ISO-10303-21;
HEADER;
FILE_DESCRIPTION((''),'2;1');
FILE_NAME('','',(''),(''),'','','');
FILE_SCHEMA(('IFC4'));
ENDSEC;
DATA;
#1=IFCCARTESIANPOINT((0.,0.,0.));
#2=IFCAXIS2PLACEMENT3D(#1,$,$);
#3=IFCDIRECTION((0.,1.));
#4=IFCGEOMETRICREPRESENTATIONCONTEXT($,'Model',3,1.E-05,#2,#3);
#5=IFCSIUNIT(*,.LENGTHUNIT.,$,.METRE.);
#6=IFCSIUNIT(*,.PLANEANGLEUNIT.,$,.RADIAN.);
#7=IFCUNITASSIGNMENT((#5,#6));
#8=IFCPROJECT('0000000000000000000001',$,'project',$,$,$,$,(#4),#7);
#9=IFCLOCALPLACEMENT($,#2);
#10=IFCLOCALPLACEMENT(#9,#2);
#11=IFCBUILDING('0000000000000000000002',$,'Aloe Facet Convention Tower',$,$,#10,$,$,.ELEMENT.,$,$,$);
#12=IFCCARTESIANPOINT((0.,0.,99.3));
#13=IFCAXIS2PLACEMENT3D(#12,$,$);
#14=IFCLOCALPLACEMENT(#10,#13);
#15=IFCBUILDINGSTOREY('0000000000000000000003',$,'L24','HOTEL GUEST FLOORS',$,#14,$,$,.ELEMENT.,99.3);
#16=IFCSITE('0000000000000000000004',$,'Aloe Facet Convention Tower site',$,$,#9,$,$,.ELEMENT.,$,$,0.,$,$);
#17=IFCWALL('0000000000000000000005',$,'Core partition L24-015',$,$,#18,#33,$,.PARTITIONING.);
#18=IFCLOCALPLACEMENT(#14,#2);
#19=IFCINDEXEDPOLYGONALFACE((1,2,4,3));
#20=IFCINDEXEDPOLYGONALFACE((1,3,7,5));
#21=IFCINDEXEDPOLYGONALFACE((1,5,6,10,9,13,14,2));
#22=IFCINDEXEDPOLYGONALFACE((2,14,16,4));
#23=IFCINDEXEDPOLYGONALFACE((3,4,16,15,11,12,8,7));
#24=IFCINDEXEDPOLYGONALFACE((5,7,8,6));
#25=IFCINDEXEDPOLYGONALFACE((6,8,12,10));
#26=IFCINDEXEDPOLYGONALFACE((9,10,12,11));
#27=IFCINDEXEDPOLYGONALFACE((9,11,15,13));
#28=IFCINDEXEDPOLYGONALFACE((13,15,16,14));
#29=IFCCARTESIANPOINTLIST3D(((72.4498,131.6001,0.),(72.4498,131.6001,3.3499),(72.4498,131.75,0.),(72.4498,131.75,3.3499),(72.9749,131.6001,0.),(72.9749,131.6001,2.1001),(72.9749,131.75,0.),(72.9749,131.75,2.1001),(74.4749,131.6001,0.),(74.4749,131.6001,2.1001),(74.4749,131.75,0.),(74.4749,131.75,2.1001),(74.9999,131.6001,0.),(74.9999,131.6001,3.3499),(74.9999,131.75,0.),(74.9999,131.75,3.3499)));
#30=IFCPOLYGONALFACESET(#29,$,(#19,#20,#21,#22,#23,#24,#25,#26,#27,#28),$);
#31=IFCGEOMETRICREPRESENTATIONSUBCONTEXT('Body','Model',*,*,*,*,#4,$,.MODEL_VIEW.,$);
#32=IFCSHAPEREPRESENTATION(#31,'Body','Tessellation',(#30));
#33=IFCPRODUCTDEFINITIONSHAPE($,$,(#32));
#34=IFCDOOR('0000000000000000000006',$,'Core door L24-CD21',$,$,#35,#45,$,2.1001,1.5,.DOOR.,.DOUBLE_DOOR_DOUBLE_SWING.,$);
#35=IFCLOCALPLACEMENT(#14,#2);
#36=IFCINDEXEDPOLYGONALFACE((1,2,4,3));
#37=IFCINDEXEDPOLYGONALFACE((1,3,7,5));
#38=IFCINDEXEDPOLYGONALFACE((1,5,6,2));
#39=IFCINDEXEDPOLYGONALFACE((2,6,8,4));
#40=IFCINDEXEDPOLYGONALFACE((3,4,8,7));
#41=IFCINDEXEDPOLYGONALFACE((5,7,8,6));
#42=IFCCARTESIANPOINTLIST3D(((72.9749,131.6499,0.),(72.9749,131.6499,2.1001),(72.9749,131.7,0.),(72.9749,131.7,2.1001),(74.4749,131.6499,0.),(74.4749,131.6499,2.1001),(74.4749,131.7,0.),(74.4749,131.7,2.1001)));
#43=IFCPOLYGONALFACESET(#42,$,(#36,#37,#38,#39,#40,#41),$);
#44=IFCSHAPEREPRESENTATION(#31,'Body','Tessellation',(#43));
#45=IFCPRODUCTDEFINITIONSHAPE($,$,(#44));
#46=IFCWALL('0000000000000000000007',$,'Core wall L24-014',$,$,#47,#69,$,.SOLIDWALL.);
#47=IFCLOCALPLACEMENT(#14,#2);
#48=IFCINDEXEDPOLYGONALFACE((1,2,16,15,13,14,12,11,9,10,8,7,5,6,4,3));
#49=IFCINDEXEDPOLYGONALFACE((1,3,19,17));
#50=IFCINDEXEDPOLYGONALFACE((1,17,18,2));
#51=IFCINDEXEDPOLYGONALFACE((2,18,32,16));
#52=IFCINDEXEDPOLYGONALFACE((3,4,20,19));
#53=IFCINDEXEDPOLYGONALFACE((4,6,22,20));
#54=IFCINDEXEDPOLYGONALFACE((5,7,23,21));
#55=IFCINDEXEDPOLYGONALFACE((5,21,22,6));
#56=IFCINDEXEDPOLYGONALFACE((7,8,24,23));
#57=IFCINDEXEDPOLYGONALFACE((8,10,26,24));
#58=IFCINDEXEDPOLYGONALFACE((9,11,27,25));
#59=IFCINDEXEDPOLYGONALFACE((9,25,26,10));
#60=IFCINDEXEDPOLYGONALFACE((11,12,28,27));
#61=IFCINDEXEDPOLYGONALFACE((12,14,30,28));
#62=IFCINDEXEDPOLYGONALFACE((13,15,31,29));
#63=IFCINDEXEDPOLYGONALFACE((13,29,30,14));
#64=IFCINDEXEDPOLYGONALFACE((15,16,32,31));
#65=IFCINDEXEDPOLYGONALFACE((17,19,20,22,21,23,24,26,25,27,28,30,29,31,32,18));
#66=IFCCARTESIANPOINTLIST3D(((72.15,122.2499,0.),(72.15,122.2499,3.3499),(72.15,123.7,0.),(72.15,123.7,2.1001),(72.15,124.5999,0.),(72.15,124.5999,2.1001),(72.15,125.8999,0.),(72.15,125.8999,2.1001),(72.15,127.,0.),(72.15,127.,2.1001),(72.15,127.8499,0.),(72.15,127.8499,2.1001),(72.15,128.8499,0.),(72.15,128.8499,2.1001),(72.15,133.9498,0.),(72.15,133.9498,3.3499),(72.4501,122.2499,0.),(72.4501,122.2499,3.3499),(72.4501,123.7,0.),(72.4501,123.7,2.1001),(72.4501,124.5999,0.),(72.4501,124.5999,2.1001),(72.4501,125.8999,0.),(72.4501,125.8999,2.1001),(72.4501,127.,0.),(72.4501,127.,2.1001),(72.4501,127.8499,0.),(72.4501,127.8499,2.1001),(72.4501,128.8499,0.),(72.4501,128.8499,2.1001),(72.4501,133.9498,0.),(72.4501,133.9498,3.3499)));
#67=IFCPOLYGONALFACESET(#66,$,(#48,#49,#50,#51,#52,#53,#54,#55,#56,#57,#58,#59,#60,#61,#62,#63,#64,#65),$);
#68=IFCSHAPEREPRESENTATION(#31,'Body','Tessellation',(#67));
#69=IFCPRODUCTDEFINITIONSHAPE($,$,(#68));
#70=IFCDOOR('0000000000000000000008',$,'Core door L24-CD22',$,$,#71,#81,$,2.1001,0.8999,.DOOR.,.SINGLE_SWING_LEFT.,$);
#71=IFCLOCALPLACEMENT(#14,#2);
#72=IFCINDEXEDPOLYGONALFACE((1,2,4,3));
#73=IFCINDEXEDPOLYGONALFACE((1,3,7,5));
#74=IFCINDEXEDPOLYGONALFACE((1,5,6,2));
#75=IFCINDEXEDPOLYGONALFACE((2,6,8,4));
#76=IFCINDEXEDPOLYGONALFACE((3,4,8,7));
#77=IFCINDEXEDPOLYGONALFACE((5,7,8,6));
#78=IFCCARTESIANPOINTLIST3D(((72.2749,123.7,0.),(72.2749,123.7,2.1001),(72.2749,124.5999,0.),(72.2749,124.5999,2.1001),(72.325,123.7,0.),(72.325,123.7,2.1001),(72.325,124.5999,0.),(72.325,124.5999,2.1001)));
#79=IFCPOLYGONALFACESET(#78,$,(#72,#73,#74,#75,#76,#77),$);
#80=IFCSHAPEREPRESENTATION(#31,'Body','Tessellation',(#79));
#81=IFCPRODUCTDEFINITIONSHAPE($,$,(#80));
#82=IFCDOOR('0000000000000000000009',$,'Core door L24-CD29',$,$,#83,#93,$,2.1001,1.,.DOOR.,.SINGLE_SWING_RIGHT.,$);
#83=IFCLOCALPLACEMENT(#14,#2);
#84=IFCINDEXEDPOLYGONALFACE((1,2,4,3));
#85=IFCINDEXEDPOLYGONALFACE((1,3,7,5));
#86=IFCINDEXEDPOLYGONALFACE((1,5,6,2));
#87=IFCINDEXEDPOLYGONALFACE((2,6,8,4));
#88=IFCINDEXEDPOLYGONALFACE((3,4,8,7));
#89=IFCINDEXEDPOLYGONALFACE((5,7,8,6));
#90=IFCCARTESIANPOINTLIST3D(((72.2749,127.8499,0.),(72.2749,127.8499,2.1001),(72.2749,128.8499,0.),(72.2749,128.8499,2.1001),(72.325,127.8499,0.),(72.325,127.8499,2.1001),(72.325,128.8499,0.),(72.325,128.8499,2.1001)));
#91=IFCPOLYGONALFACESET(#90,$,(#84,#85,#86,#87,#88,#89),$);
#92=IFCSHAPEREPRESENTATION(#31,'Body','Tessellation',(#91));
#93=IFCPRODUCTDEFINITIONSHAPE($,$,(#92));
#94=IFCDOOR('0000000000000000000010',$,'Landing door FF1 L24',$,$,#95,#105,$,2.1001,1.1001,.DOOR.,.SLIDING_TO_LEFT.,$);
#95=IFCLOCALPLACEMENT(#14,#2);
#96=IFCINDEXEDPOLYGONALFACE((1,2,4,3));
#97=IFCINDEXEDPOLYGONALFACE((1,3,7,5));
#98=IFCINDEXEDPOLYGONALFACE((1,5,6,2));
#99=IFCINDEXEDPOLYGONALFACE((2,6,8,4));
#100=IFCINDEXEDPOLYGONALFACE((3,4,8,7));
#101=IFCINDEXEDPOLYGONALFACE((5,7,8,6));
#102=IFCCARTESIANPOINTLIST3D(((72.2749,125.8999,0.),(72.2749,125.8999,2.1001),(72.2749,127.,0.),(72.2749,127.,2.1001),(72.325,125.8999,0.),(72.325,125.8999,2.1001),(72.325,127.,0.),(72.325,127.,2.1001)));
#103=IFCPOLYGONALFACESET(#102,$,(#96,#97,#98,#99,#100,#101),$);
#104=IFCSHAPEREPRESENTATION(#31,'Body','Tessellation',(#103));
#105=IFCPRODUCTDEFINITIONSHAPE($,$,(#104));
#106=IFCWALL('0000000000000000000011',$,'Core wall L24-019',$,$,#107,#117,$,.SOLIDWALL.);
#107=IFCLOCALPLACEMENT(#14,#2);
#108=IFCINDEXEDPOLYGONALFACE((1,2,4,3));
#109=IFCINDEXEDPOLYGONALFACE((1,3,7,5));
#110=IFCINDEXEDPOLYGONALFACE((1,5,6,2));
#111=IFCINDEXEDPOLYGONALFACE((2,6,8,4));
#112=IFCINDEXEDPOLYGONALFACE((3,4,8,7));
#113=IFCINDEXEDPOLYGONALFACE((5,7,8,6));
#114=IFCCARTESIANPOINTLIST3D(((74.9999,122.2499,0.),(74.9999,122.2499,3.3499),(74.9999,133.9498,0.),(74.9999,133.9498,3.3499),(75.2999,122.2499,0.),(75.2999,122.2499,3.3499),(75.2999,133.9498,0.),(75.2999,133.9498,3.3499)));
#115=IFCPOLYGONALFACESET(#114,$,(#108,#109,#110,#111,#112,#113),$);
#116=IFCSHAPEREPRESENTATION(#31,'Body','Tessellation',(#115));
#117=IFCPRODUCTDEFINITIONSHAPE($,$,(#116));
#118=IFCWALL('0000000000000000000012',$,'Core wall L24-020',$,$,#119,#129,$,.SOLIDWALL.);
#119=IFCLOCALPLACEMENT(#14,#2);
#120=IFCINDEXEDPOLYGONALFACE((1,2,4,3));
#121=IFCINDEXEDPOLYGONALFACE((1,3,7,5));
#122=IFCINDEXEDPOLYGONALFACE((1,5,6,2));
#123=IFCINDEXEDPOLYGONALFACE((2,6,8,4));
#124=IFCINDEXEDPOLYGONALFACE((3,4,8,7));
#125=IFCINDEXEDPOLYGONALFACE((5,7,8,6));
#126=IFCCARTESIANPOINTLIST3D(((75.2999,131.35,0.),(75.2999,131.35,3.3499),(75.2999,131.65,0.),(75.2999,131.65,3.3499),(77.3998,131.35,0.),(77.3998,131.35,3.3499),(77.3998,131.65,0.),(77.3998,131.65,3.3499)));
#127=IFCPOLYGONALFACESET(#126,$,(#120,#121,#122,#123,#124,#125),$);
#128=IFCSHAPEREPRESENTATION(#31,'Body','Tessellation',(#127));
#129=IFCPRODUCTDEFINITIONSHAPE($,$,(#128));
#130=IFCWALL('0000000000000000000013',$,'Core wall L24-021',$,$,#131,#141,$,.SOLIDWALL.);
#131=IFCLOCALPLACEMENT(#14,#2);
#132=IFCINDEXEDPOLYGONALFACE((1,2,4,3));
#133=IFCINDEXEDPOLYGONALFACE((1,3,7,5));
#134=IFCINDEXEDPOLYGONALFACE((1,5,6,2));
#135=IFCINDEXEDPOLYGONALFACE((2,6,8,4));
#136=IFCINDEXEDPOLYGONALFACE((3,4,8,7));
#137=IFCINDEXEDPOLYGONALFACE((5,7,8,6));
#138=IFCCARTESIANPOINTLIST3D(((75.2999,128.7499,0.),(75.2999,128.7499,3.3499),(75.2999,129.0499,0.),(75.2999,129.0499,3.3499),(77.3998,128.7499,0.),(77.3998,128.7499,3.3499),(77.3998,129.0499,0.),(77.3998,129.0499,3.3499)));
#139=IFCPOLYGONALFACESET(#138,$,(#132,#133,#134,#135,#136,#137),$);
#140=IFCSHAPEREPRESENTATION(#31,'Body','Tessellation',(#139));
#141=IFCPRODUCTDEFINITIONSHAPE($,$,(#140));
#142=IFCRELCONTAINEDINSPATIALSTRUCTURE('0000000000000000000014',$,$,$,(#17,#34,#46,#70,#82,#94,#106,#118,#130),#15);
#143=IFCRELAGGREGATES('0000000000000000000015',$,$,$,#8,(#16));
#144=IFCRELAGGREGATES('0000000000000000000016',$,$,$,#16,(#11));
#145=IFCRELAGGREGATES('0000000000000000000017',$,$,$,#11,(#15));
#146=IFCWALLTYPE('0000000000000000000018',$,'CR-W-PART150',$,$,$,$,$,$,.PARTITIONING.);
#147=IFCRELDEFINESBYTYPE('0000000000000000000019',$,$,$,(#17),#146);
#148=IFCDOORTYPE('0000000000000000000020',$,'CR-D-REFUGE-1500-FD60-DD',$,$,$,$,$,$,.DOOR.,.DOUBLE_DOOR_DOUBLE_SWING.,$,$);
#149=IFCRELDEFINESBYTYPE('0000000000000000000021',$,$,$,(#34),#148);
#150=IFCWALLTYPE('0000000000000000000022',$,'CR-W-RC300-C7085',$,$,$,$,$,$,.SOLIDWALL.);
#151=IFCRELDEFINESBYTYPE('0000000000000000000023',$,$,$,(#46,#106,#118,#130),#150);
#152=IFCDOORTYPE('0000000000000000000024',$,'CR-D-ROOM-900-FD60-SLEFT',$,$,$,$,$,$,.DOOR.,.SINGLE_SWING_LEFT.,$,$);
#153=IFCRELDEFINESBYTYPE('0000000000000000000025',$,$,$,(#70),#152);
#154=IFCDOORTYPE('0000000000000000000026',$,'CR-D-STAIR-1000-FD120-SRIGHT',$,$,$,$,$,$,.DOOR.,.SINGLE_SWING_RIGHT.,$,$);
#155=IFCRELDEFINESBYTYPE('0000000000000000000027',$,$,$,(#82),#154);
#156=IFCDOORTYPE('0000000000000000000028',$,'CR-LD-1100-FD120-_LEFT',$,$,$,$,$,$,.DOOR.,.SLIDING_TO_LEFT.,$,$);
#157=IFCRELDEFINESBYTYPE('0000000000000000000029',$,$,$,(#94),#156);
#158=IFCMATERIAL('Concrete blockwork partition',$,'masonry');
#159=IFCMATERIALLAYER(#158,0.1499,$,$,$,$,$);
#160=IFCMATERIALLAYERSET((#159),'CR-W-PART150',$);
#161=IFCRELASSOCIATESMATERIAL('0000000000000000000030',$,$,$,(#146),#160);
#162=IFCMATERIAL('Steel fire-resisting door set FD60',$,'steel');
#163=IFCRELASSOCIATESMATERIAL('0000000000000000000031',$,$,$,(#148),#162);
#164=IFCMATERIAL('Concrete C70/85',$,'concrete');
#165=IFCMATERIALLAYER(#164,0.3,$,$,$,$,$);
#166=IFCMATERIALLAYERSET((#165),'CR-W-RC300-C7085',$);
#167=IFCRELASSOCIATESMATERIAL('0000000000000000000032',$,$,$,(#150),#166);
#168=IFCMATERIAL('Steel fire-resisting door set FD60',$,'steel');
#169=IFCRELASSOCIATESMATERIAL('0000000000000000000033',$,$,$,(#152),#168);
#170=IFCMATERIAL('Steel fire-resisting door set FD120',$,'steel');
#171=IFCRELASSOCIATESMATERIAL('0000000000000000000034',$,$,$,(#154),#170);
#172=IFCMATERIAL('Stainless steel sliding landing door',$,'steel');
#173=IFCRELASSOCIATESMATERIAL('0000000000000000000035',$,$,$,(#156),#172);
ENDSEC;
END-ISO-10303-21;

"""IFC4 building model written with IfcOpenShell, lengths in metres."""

from ifc_helpers import new_model, si_unit, direction, frame, frame_2d, origin, place, context, subcontext, project, spatial, rectangle, extrude, material, layer, layer_set, type_object, element, fill, save


model = new_model("IFC4")

# Units and contexts
model_context = context("Model", 3, precision=1e-05, world=origin(), true_north=direction((0.0, 1.0)))
body_context = subcontext(model_context, "Body", "Model", "MODEL_VIEW")
ifc_project = project(units=[si_unit("LENGTHUNIT", "METRE"), si_unit("PLANEANGLEUNIT", "RADIAN")], contexts=[model_context])

# Site, building, storey
site_placement = place(None, origin())
site = spatial("IfcSite", under=ifc_project, at=site_placement, Name="Aloe Facet Convention Tower site", CompositionType="ELEMENT", RefElevation=0.0)
building_placement = place(site_placement, origin())
building = spatial("IfcBuilding", under=site, at=building_placement, Name="Aloe Facet Convention Tower", CompositionType="ELEMENT")
storey_placement = place(building_placement, frame((0.0, 0.0, 99.3)))
storey = spatial("IfcBuildingStorey", under=building, at=storey_placement, Name="L24", Description="HOTEL GUEST FLOORS", CompositionType="ELEMENT", Elevation=99.3)

# Wall, opening, door
ifc_material_1 = material(Name="Concrete blockwork partition", Category="masonry")
ifc_layer_1 = layer(ifc_material_1, 0.1499)
ifc_layer_set_1 = layer_set([ifc_layer_1], Name="CR-W-PART150")
wall_type_1 = type_object("IfcWallType", Name="CR-W-PART150", PredefinedType="PARTITIONING", material=ifc_layer_set_1)
wall_1_placement = place(storey_placement, frame((72.45, 131.675, 0.0), z_axis=(0.0, 0.0, 1.0), x_axis=(1.0, 0.0, 0.0)))
wall_1 = element("IfcWall", 1, at=wall_1_placement, inside=storey, type_object=wall_type_1, Name="Core partition L24-015", PredefinedType="PARTITIONING", context=body_context, shape_type="SweptSolid", body=[
    extrude(rectangle(XDim=2.55, YDim=0.1499, at=frame_2d((1.2749, 0.0))), origin(), (0.0, 0.0, 1.0), 3.3499),
])
opening_1_placement = place(wall_1_placement, frame((0.5249, 0.0, 0.0)))
opening_1 = element("IfcOpeningElement", 2, at=opening_1_placement, cuts=wall_1, PredefinedType="OPENING", context=body_context, shape_type="SweptSolid", body=[
    extrude(rectangle(XDim=1.5, YDim=2.1001, at=frame_2d((0.75, 1.05))), frame((0.0, 0.085, 0.0), z_axis=(0.0, -1.0, 0.0), x_axis=(1.0, 0.0, 0.0)), (0.0, 0.0, 1.0), 0.1699),
])
ifc_material_2 = material(Name="Steel fire-resisting door set FD60", Category="steel")
door_type_1 = type_object("IfcDoorType", Name="CR-D-REFUGE-1500-FD60-DD", OperationType="DOUBLE_DOOR_DOUBLE_SWING", PredefinedType="DOOR", material=ifc_material_2)
door_1_placement = place(opening_1_placement, origin())
door_1 = element("IfcDoor", 3, at=door_1_placement, inside=storey, type_object=door_type_1, Name="Core door L24-CD21", OperationType="DOUBLE_DOOR_DOUBLE_SWING", OverallHeight=2.1001, OverallWidth=1.5, PredefinedType="DOOR", context=body_context, shape_type="SweptSolid", body=[
    extrude(rectangle(XDim=1.5, YDim=2.1001, at=frame_2d((0.75, 1.05))), frame((0.0, 0.0249, 0.0), z_axis=(0.0, -1.0, 0.0), x_axis=(1.0, 0.0, 0.0)), (0.0, 0.0, 1.0), 0.05),
])
fill(opening_1, door_1)

# Wall, openings, doors
ifc_material_3 = material(Name="Concrete C70/85", Category="concrete")
ifc_layer_2 = layer(ifc_material_3, 0.3)
ifc_layer_set_2 = layer_set([ifc_layer_2], Name="CR-W-RC300-C7085")
wall_type_2 = type_object("IfcWallType", Name="CR-W-RC300-C7085", PredefinedType="SOLIDWALL", material=ifc_layer_set_2)
wall_2_placement = place(storey_placement, frame((72.3, 133.95, 0.0), z_axis=(0.0, 0.0, 1.0), x_axis=(0.0, -1.0, 0.0)))
wall_2 = element("IfcWall", 4, at=wall_2_placement, inside=storey, type_object=wall_type_2, Name="Core wall L24-014", PredefinedType="SOLIDWALL", context=body_context, shape_type="SweptSolid", body=[
    extrude(rectangle(XDim=11.7, YDim=0.3, at=frame_2d((5.8501, 0.0))), origin(), (0.0, 0.0, 1.0), 3.3499),
])
opening_2_placement = place(wall_2_placement, frame((6.95, 0.0, 0.0)))
opening_2 = element("IfcOpeningElement", 5, at=opening_2_placement, cuts=wall_2, PredefinedType="OPENING", context=body_context, shape_type="SweptSolid", body=[
    extrude(rectangle(XDim=1.1001, YDim=2.1001, at=frame_2d((0.55, 1.05))), frame((0.0, 0.1602, 0.0), z_axis=(0.0, -1.0, 0.0), x_axis=(1.0, 0.0, 0.0)), (0.0, 0.0, 1.0), 0.3201),
])
opening_3_placement = place(wall_2_placement, frame((9.3501, 0.0, 0.0)))
opening_3 = element("IfcOpeningElement", 6, at=opening_3_placement, cuts=wall_2, PredefinedType="OPENING", context=body_context, shape_type="SweptSolid", body=[
    extrude(rectangle(XDim=0.8999, YDim=2.1001, at=frame_2d((0.45, 1.05))), frame((0.0, 0.1602, 0.0), z_axis=(0.0, -1.0, 0.0), x_axis=(1.0, 0.0, 0.0)), (0.0, 0.0, 1.0), 0.3201),
])
opening_4_placement = place(wall_2_placement, frame((5.1001, 0.0, 0.0)))
opening_4 = element("IfcOpeningElement", 7, at=opening_4_placement, cuts=wall_2, PredefinedType="OPENING", context=body_context, shape_type="SweptSolid", body=[
    extrude(rectangle(XDim=1.0, YDim=2.1001, at=frame_2d((0.5, 1.05))), frame((0.0, 0.1602, 0.0), z_axis=(0.0, -1.0, 0.0), x_axis=(1.0, 0.0, 0.0)), (0.0, 0.0, 1.0), 0.3201),
])
ifc_material_4 = material(Name="Steel fire-resisting door set FD60", Category="steel")
door_type_2 = type_object("IfcDoorType", Name="CR-D-ROOM-900-FD60-SLEFT", OperationType="SINGLE_SWING_LEFT", PredefinedType="DOOR", material=ifc_material_4)
door_2_placement = place(opening_3_placement, origin())
door_2 = element("IfcDoor", 8, at=door_2_placement, inside=storey, type_object=door_type_2, Name="Core door L24-CD22", OperationType="SINGLE_SWING_LEFT", OverallHeight=2.1001, OverallWidth=0.8999, PredefinedType="DOOR", context=body_context, shape_type="SweptSolid", body=[
    extrude(rectangle(XDim=0.8999, YDim=2.1001, at=frame_2d((0.45, 1.05))), frame((0.0, 0.0249, 0.0), z_axis=(0.0, -1.0, 0.0), x_axis=(1.0, 0.0, 0.0)), (0.0, 0.0, 1.0), 0.05),
])
fill(opening_3, door_2)
ifc_material_5 = material(Name="Steel fire-resisting door set FD120", Category="steel")
door_type_3 = type_object("IfcDoorType", Name="CR-D-STAIR-1000-FD120-SRIGHT", OperationType="SINGLE_SWING_RIGHT", PredefinedType="DOOR", material=ifc_material_5)
door_3_placement = place(opening_4_placement, origin())
door_3 = element("IfcDoor", 9, at=door_3_placement, inside=storey, type_object=door_type_3, Name="Core door L24-CD29", OperationType="SINGLE_SWING_RIGHT", OverallHeight=2.1001, OverallWidth=1.0, PredefinedType="DOOR", context=body_context, shape_type="SweptSolid", body=[
    extrude(rectangle(XDim=1.0, YDim=2.1001, at=frame_2d((0.5, 1.05))), frame((0.0, 0.0249, 0.0), z_axis=(0.0, -1.0, 0.0), x_axis=(1.0, 0.0, 0.0)), (0.0, 0.0, 1.0), 0.05),
])
fill(opening_4, door_3)
ifc_material_6 = material(Name="Stainless steel sliding landing door", Category="steel")
door_type_4 = type_object("IfcDoorType", Name="CR-LD-1100-FD120-_LEFT", OperationType="SLIDING_TO_LEFT", PredefinedType="DOOR", material=ifc_material_6)
door_4_placement = place(opening_2_placement, origin())
door_4 = element("IfcDoor", 10, at=door_4_placement, inside=storey, type_object=door_type_4, Name="Landing door FF1 L24", OperationType="SLIDING_TO_LEFT", OverallHeight=2.1001, OverallWidth=1.1001, PredefinedType="DOOR", context=body_context, shape_type="SweptSolid", body=[
    extrude(rectangle(XDim=1.1001, YDim=2.1001, at=frame_2d((0.55, 1.05))), frame((0.0, 0.0249, 0.0), z_axis=(0.0, -1.0, 0.0), x_axis=(1.0, 0.0, 0.0)), (0.0, 0.0, 1.0), 0.05),
])
fill(opening_2, door_4)

# Walls
wall_3_placement = place(storey_placement, frame((75.1499, 133.95, 0.0), z_axis=(0.0, 0.0, 1.0), x_axis=(0.0, -1.0, 0.0)))
element("IfcWall", 11, at=wall_3_placement, inside=storey, type_object=wall_type_2, Name="Core wall L24-019", PredefinedType="SOLIDWALL", context=body_context, shape_type="SweptSolid", body=[
    extrude(rectangle(XDim=11.7, YDim=0.3, at=frame_2d((5.8501, 0.0))), origin(), (0.0, 0.0, 1.0), 3.3499),
])
for number, where, z_axis, x_axis, name in (
    (12, (75.3, 131.5, 0.0), (0.0, 0.0, 1.0), (1.0, 0.0, 0.0), "Core wall L24-020"),
    (13, (75.3, 128.8999, 0.0), (0.0, 0.0, 1.0), (1.0, 0.0, 0.0), "Core wall L24-021"),
):
    element("IfcWall", number, at=place(storey_placement, frame(where, z_axis=z_axis, x_axis=x_axis)), inside=storey, type_object=wall_type_2, Name=name, PredefinedType="SOLIDWALL", context=body_context, shape_type="SweptSolid", body=[
        extrude(rectangle(XDim=2.0999, YDim=0.3, at=frame_2d((1.0498, 0.0))), origin(), (0.0, 0.0, 1.0), 3.3499),
    ])

save(model, "model.ifc")
